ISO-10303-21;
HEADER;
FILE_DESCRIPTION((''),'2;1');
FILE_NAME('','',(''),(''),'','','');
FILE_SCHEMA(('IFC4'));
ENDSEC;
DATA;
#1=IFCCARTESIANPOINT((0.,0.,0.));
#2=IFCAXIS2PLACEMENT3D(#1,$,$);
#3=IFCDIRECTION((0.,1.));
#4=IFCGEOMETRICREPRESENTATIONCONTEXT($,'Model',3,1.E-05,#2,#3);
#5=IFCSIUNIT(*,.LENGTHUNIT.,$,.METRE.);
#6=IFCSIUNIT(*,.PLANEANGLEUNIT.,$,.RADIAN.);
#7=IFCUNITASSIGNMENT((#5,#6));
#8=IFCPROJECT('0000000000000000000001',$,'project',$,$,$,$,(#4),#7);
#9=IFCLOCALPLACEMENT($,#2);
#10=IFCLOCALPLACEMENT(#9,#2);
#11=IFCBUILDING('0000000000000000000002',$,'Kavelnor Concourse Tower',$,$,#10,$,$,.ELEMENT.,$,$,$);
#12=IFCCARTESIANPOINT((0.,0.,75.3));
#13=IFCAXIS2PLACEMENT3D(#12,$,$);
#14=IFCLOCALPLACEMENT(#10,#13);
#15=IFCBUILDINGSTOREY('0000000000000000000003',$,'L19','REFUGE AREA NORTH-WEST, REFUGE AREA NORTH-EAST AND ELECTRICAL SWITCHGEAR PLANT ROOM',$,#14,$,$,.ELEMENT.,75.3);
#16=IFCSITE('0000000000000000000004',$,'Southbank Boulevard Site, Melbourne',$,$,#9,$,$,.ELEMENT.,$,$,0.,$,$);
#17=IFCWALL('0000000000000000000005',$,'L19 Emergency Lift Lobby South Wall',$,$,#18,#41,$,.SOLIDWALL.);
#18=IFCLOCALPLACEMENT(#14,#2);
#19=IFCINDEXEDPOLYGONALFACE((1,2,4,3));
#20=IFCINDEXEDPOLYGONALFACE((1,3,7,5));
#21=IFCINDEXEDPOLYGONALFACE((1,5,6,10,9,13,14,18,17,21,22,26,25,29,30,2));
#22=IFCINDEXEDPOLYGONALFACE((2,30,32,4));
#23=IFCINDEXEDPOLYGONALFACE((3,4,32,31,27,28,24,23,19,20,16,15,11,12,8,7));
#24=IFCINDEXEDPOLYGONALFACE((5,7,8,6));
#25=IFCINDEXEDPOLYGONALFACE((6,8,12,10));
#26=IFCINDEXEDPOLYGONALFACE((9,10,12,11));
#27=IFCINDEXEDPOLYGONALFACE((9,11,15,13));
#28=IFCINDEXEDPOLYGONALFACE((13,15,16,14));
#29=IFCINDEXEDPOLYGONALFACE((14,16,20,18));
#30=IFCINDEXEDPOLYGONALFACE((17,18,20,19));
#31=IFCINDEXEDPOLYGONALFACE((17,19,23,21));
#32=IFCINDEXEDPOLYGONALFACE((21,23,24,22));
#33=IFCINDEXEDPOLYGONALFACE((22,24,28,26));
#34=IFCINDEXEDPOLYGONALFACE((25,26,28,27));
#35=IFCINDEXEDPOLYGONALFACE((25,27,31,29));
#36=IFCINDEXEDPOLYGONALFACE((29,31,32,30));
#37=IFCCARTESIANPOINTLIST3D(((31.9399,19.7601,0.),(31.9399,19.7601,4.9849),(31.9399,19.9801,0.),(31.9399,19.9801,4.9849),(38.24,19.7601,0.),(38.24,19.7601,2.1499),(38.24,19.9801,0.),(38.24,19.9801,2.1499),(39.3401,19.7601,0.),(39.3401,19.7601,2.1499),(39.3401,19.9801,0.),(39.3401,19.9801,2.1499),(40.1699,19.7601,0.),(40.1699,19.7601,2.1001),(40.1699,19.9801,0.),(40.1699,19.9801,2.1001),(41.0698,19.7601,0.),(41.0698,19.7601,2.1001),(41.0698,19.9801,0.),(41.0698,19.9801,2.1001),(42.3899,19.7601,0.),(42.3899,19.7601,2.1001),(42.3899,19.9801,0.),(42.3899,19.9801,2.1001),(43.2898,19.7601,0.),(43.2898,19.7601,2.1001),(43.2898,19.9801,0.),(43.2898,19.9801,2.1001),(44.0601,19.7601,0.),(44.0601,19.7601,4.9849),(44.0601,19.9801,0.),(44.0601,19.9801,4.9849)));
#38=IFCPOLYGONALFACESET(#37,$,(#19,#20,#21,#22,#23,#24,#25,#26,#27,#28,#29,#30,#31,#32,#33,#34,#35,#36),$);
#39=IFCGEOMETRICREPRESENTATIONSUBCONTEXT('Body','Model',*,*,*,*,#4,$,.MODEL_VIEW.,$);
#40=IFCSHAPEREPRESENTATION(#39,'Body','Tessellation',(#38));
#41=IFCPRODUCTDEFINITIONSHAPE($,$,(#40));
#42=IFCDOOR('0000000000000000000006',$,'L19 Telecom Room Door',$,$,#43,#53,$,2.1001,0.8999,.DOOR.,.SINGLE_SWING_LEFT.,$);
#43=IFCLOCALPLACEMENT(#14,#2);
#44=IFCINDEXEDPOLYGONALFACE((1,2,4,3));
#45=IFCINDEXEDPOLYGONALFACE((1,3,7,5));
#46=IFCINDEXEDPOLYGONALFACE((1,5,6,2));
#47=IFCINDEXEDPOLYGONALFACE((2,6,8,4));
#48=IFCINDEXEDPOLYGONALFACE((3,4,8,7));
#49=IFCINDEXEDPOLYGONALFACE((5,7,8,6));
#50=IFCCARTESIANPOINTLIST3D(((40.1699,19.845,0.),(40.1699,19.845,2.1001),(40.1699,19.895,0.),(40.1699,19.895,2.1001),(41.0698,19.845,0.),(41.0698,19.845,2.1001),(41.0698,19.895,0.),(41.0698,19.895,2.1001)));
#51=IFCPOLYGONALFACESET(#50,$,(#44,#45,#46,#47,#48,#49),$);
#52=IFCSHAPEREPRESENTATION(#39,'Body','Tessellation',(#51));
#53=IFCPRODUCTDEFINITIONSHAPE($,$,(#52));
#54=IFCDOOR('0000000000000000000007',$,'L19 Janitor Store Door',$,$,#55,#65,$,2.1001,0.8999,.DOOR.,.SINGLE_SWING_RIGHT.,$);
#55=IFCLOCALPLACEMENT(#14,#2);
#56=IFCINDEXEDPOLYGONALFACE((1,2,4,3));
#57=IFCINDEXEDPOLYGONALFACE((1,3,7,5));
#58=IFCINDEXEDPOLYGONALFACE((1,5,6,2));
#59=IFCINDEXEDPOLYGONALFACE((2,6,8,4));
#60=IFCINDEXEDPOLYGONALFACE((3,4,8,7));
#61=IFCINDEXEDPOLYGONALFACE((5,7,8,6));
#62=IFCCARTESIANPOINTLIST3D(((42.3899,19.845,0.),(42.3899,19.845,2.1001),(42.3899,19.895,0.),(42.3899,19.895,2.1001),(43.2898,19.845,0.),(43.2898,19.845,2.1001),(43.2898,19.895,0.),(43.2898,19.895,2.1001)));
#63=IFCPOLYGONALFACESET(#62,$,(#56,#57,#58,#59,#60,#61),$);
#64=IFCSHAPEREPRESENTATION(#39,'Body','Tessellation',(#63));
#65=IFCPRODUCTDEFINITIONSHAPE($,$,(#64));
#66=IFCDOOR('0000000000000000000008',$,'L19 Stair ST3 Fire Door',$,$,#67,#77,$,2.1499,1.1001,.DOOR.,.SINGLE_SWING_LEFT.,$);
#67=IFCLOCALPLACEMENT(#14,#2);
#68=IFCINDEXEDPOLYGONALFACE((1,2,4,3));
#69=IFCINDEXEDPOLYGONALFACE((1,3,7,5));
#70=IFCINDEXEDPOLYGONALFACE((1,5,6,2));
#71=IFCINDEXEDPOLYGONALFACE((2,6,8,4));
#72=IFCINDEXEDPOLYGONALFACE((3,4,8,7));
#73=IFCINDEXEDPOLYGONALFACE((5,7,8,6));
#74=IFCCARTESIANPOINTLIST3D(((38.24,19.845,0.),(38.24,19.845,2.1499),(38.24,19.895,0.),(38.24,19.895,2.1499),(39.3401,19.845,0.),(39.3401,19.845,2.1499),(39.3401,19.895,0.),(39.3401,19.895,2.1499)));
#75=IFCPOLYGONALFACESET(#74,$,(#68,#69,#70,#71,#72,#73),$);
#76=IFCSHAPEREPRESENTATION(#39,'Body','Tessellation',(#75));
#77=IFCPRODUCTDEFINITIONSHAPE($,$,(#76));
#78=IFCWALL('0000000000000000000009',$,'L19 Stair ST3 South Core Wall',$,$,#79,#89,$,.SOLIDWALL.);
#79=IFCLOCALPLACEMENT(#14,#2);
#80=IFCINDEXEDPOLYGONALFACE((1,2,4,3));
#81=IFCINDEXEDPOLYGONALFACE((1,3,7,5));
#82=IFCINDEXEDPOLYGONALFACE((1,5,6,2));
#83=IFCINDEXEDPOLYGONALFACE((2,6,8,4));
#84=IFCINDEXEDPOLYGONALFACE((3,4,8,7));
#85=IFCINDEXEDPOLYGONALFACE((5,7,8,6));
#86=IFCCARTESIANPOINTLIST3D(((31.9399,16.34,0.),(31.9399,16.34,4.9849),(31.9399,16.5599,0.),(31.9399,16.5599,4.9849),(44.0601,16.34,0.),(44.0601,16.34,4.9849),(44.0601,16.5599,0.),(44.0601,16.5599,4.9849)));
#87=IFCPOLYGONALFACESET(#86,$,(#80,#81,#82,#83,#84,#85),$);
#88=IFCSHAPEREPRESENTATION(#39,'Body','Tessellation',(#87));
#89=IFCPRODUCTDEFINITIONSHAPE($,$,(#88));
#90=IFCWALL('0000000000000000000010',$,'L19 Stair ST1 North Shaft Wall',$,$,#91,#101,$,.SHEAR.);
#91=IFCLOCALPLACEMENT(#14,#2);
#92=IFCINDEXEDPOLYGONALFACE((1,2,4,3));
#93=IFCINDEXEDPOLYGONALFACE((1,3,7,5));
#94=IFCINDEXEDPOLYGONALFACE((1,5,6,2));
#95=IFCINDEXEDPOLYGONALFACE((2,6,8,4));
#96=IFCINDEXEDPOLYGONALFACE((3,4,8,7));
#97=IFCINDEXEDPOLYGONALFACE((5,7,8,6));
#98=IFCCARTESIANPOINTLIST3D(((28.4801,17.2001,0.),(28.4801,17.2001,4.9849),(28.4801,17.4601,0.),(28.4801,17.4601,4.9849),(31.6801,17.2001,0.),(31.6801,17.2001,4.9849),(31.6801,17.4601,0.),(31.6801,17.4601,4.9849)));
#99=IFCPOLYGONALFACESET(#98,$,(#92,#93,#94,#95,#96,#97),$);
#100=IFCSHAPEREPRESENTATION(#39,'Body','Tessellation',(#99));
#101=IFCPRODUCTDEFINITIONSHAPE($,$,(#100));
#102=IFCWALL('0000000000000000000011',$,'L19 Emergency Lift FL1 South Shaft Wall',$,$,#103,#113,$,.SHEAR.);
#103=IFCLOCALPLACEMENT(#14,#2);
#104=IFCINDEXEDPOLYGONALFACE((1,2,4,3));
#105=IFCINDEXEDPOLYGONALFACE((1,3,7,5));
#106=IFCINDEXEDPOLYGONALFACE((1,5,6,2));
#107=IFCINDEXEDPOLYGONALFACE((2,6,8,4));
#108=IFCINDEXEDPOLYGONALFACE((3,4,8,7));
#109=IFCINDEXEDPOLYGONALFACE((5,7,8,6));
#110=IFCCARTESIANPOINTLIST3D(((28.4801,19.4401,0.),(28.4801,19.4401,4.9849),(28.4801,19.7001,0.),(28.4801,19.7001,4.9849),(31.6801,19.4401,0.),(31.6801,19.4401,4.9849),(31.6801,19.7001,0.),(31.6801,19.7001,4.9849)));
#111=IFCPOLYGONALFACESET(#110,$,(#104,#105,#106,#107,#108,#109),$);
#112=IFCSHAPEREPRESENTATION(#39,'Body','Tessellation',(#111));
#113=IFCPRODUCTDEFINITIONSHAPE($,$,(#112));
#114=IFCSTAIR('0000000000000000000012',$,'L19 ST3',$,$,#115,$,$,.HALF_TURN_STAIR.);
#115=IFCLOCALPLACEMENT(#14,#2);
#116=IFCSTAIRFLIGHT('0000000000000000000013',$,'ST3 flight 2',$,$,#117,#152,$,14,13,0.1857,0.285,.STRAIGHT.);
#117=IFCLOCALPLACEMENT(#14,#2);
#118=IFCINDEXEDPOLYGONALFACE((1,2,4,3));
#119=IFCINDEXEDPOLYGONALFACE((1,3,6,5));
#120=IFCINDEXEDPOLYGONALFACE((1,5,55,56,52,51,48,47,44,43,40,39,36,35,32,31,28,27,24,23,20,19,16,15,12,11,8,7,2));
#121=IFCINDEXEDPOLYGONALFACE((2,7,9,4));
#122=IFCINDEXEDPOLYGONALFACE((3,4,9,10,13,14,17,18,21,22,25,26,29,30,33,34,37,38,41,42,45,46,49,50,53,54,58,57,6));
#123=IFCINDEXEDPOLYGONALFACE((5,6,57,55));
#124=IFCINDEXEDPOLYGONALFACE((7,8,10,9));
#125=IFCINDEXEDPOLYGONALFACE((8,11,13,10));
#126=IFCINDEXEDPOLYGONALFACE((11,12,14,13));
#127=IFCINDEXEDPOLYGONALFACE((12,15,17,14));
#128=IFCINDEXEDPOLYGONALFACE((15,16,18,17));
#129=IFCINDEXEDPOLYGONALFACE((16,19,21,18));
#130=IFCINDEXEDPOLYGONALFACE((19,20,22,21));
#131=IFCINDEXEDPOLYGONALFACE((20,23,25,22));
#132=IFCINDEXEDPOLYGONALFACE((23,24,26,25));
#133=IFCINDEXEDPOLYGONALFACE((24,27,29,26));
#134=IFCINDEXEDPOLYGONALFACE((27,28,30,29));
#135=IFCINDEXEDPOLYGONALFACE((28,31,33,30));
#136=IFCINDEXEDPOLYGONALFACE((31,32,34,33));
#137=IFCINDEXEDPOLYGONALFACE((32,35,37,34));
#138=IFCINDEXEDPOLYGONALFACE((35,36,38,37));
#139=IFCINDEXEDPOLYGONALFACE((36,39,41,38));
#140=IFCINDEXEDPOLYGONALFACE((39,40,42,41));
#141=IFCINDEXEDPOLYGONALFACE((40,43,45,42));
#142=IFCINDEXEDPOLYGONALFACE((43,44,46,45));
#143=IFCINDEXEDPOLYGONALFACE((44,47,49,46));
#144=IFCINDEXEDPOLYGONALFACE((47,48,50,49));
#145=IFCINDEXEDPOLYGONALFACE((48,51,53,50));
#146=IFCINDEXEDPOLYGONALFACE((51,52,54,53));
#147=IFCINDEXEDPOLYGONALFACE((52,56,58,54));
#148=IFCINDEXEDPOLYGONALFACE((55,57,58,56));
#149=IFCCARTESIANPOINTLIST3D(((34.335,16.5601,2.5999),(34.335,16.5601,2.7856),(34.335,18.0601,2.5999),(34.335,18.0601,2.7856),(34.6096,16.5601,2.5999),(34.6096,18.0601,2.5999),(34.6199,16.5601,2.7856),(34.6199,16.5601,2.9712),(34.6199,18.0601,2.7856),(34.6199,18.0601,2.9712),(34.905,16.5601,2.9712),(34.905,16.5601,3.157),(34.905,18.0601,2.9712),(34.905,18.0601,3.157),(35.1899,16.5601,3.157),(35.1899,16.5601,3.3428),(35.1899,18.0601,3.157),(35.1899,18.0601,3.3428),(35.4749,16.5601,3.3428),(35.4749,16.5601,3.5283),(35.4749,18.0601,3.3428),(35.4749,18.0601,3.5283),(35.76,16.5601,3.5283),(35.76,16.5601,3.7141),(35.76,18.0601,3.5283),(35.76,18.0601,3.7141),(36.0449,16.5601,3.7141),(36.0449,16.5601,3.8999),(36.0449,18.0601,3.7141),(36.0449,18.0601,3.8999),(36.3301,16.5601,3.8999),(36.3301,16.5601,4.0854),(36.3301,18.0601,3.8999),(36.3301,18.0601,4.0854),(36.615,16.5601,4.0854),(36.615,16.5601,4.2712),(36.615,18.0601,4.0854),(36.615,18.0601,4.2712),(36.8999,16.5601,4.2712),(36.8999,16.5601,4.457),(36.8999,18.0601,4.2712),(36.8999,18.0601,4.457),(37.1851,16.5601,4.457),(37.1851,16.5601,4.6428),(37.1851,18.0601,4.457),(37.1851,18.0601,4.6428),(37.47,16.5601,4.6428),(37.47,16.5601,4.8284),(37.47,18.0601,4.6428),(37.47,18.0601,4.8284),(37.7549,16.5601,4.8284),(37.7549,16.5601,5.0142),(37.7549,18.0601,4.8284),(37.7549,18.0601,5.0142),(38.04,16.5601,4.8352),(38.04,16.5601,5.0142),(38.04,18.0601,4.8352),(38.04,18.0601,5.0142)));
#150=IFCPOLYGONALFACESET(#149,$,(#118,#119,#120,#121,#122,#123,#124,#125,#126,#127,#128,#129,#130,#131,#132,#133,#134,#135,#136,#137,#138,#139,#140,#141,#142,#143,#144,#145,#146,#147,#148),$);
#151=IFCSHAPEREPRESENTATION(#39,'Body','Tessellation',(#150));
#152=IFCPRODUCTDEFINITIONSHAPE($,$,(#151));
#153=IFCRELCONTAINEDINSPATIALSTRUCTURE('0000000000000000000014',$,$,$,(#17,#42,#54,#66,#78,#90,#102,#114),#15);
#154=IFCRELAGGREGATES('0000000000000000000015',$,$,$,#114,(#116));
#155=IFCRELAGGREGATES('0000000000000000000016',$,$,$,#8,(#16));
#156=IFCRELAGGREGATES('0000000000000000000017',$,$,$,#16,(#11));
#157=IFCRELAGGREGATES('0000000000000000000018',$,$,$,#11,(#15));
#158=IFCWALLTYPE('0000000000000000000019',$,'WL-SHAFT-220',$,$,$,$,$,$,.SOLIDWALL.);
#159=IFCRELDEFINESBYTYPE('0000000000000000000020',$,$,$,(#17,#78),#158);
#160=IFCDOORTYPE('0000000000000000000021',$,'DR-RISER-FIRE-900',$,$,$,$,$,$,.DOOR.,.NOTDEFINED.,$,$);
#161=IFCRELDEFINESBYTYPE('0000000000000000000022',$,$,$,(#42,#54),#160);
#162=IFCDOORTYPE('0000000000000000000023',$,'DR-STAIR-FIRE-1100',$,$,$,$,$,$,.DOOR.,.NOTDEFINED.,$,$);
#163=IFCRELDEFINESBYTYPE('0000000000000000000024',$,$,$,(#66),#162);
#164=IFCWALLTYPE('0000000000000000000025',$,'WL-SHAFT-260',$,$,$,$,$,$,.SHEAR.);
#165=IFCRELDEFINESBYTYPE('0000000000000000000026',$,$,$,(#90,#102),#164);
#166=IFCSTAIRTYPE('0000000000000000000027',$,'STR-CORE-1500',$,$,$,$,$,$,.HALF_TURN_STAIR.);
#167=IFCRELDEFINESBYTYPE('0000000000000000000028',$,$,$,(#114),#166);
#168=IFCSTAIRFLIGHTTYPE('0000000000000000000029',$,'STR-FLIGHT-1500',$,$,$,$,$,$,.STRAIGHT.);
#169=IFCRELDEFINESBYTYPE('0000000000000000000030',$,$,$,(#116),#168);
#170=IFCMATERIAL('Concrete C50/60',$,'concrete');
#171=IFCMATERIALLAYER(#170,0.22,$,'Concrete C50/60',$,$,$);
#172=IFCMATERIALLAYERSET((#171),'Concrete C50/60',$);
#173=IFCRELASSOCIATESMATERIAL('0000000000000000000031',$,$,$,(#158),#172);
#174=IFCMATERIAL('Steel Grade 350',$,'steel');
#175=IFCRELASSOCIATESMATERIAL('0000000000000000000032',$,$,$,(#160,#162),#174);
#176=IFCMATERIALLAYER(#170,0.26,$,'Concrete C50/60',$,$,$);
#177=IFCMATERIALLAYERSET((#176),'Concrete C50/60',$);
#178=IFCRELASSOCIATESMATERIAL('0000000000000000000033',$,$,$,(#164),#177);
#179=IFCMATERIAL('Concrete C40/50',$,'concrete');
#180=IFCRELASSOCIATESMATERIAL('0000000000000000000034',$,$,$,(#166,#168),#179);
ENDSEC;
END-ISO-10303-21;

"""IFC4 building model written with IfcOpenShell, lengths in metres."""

from ifc_helpers import new_model, si_unit, direction, frame, frame_2d, origin, place, context, subcontext, project, spatial, polyline, rectangle, outline, extrude, material, layer, layer_set, type_object, element, fill, aggregate, save


model = new_model("IFC4")

# Units and contexts
model_context = context("Model", 3, precision=1e-05, world=origin(), true_north=direction((0.0, 1.0)))
body_context = subcontext(model_context, "Body", "Model", "MODEL_VIEW")
ifc_project = project(units=[si_unit("LENGTHUNIT", "METRE"), si_unit("PLANEANGLEUNIT", "RADIAN")], contexts=[model_context])

# Site, building, storey
site_placement = place(None, origin())
site = spatial("IfcSite", under=ifc_project, at=site_placement, Name="Southbank Boulevard Site, Melbourne", CompositionType="ELEMENT", RefElevation=0.0)
building_placement = place(site_placement, origin())
building = spatial("IfcBuilding", under=site, at=building_placement, Name="Kavelnor Concourse Tower", CompositionType="ELEMENT")
storey_placement = place(building_placement, frame((0.0, 0.0, 75.3)))
storey = spatial("IfcBuildingStorey", under=building, at=storey_placement, Name="L19", Description="REFUGE AREA NORTH-WEST, REFUGE AREA NORTH-EAST AND ELECTRICAL SWITCHGEAR PLANT ROOM", CompositionType="ELEMENT", Elevation=75.3)

# Shared definitions
ifc_material_1 = material(Name="Steel Grade 350", Category="steel")

# Wall, openings, doors
ifc_material_2 = material(Name="Concrete C50/60", Category="concrete")
ifc_layer_1 = layer(ifc_material_2, 0.22, Name="Concrete C50/60")
ifc_layer_set_1 = layer_set([ifc_layer_1], Name="Concrete C50/60")
wall_type_1 = type_object("IfcWallType", Name="WL-SHAFT-220", PredefinedType="SOLIDWALL", material=ifc_layer_set_1)
wall_1_placement = place(storey_placement, frame((31.9399, 19.8701, 0.0), z_axis=(0.0, 0.0, 1.0), x_axis=(1.0, 0.0, 0.0)))
wall_1 = element("IfcWall", 1, at=wall_1_placement, inside=storey, type_object=wall_type_1, Name="L19 Emergency Lift Lobby South Wall", PredefinedType="SOLIDWALL", context=body_context, shape_type="SweptSolid", body=[
    extrude(rectangle(XDim=12.1201, YDim=0.22, at=frame_2d((6.0601, 0.0))), origin(), (0.0, 0.0, 1.0), 4.9849),
])
opening_1_placement = place(wall_1_placement, frame((6.3, 0.0, 0.0)))
opening_1 = element("IfcOpeningElement", 2, at=opening_1_placement, cuts=wall_1, PredefinedType="OPENING", context=body_context, shape_type="SweptSolid", body=[
    extrude(rectangle(XDim=1.1001, YDim=2.1499, at=frame_2d((0.55, 1.075))), frame((0.0, 0.1201, 0.0), z_axis=(0.0, -1.0, 0.0), x_axis=(1.0, 0.0, 0.0)), (0.0, 0.0, 1.0), 0.24),
])
opening_2_placement = place(wall_1_placement, frame((8.23, 0.0, 0.0)))
opening_2 = element("IfcOpeningElement", 3, at=opening_2_placement, cuts=wall_1, PredefinedType="OPENING", context=body_context, shape_type="SweptSolid", body=[
    extrude(rectangle(XDim=0.8999, YDim=2.1001, at=frame_2d((0.45, 1.05))), frame((0.0, 0.1201, 0.0), z_axis=(0.0, -1.0, 0.0), x_axis=(1.0, 0.0, 0.0)), (0.0, 0.0, 1.0), 0.24),
])
opening_3_placement = place(wall_1_placement, frame((10.45, 0.0, 0.0)))
opening_3 = element("IfcOpeningElement", 4, at=opening_3_placement, cuts=wall_1, PredefinedType="OPENING", context=body_context, shape_type="SweptSolid", body=[
    extrude(rectangle(XDim=0.8999, YDim=2.1001, at=frame_2d((0.45, 1.05))), frame((0.0, 0.1201, 0.0), z_axis=(0.0, -1.0, 0.0), x_axis=(1.0, 0.0, 0.0)), (0.0, 0.0, 1.0), 0.24),
])
door_type_1 = type_object("IfcDoorType", Name="DR-RISER-FIRE-900", OperationType="NOTDEFINED", PredefinedType="DOOR", material=ifc_material_1)
door_1_placement = place(opening_2_placement, origin())
door_1 = element("IfcDoor", 5, at=door_1_placement, inside=storey, type_object=door_type_1, Name="L19 Telecom Room Door", OperationType="SINGLE_SWING_LEFT", OverallHeight=2.1001, OverallWidth=0.8999, PredefinedType="DOOR", context=body_context, shape_type="SweptSolid", body=[
    extrude(rectangle(XDim=0.8999, YDim=2.1001, at=frame_2d((0.45, 1.05))), frame((0.0, 0.0249, 0.0), z_axis=(0.0, -1.0, 0.0), x_axis=(1.0, 0.0, 0.0)), (0.0, 0.0, 1.0), 0.05),
])
fill(opening_2, door_1)
door_2_placement = place(opening_3_placement, origin())
door_2 = element("IfcDoor", 6, at=door_2_placement, inside=storey, type_object=door_type_1, Name="L19 Janitor Store Door", OperationType="SINGLE_SWING_RIGHT", OverallHeight=2.1001, OverallWidth=0.8999, PredefinedType="DOOR", context=body_context, shape_type="SweptSolid", body=[
    extrude(rectangle(XDim=0.8999, YDim=2.1001, at=frame_2d((0.45, 1.05))), frame((0.0, 0.0249, 0.0), z_axis=(0.0, -1.0, 0.0), x_axis=(1.0, 0.0, 0.0)), (0.0, 0.0, 1.0), 0.05),
])
fill(opening_3, door_2)
door_type_2 = type_object("IfcDoorType", Name="DR-STAIR-FIRE-1100", OperationType="NOTDEFINED", PredefinedType="DOOR", material=ifc_material_1)
door_3_placement = place(opening_1_placement, origin())
door_3 = element("IfcDoor", 7, at=door_3_placement, inside=storey, type_object=door_type_2, Name="L19 Stair ST3 Fire Door", OperationType="SINGLE_SWING_LEFT", OverallHeight=2.1499, OverallWidth=1.1001, PredefinedType="DOOR", context=body_context, shape_type="SweptSolid", body=[
    extrude(rectangle(XDim=1.1001, YDim=2.1499, at=frame_2d((0.55, 1.075))), frame((0.0, 0.0249, 0.0), z_axis=(0.0, -1.0, 0.0), x_axis=(1.0, 0.0, 0.0)), (0.0, 0.0, 1.0), 0.05),
])
fill(opening_1, door_3)

# Walls
wall_2_placement = place(storey_placement, frame((31.9399, 16.45, 0.0), z_axis=(0.0, 0.0, 1.0), x_axis=(1.0, 0.0, 0.0)))
element("IfcWall", 8, at=wall_2_placement, inside=storey, type_object=wall_type_1, Name="L19 Stair ST3 South Core Wall", PredefinedType="SOLIDWALL", context=body_context, shape_type="SweptSolid", body=[
    extrude(rectangle(XDim=12.1201, YDim=0.22, at=frame_2d((6.0601, 0.0))), origin(), (0.0, 0.0, 1.0), 4.9849),
])
ifc_layer_2 = layer(ifc_material_2, 0.26, Name="Concrete C50/60")
ifc_layer_set_2 = layer_set([ifc_layer_2], Name="Concrete C50/60")
wall_type_2 = type_object("IfcWallType", Name="WL-SHAFT-260", PredefinedType="SHEAR", material=ifc_layer_set_2)
for number, where, z_axis, x_axis, name in (
    (9, (28.48, 17.3301, 0.0), (0.0, 0.0, 1.0), (1.0, 0.0, 0.0), "L19 Stair ST1 North Shaft Wall"),
    (10, (28.48, 19.5701, 0.0), (0.0, 0.0, 1.0), (1.0, 0.0, 0.0), "L19 Emergency Lift FL1 South Shaft Wall"),
):
    element("IfcWall", number, at=place(storey_placement, frame(where, z_axis=z_axis, x_axis=x_axis)), inside=storey, type_object=wall_type_2, Name=name, PredefinedType="SHEAR", context=body_context, shape_type="SweptSolid", body=[
        extrude(rectangle(XDim=3.2, YDim=0.26, at=frame_2d((1.6001, 0.0))), origin(), (0.0, 0.0, 1.0), 4.9849),
    ])

# Stair, stair flight
ifc_material_3 = material(Name="Concrete C40/50", Category="concrete")
stair_type = type_object("IfcStairType", Name="STR-CORE-1500", PredefinedType="HALF_TURN_STAIR", material=ifc_material_3)
stair_placement = place(storey_placement, origin())
stair = element("IfcStair", 11, at=stair_placement, inside=storey, type_object=stair_type, Name="L19 ST3", PredefinedType="HALF_TURN_STAIR")
stair_flight_type = type_object("IfcStairFlightType", Name="STR-FLIGHT-1500", PredefinedType="STRAIGHT", material=ifc_material_3)
stair_flight_placement = place(storey_placement, frame((34.335, 17.3101, 2.5999), z_axis=(0.0, 0.0, 1.0), x_axis=(1.0, 0.0, 0.0)))
stair_flight = element("IfcStairFlight", 12, at=stair_flight_placement, type_object=stair_flight_type, Name="ST3 flight 2", NumberOfRisers=14, NumberOfTreads=13, PredefinedType="STRAIGHT", RiserHeight=0.1857, TreadLength=0.285, context=body_context, shape_type="SweptSolid", body=[
    extrude(outline(polyline([(0.0, 0.0), (0.0, 0.1858), (0.2849, 0.1858), (0.2849, 0.3713), (0.5701, 0.3713), (0.5701, 0.5571), (0.855, 0.5571), (0.855, 0.7429), (1.1399, 0.7429), (1.1399, 0.9285), (1.425, 0.9285), (1.425, 1.1143), (1.71, 1.1143), (1.71, 1.3), (1.9951, 1.3), (1.9951, 1.4856), (2.28, 1.4856), (2.28, 1.6714), (2.5649, 1.6714), (2.5649, 1.8572), (2.8501, 1.8572), (2.8501, 2.043), (3.135, 2.043), (3.135, 2.2285), (3.4199, 2.2285), (3.4199, 2.4143), (3.7051, 2.4143), (3.7051, 2.6001), (3.7051, 2.2354), (0.2747, 0.0), (0.0, 0.0)])), frame((0.0, 0.75, 0.0), z_axis=(0.0, -1.0, 0.0), x_axis=(1.0, 0.0, 0.0)), (0.0, 0.0, 1.0), 1.5),
])
aggregate(stair, [stair_flight])

save(model, "model.ifc")
